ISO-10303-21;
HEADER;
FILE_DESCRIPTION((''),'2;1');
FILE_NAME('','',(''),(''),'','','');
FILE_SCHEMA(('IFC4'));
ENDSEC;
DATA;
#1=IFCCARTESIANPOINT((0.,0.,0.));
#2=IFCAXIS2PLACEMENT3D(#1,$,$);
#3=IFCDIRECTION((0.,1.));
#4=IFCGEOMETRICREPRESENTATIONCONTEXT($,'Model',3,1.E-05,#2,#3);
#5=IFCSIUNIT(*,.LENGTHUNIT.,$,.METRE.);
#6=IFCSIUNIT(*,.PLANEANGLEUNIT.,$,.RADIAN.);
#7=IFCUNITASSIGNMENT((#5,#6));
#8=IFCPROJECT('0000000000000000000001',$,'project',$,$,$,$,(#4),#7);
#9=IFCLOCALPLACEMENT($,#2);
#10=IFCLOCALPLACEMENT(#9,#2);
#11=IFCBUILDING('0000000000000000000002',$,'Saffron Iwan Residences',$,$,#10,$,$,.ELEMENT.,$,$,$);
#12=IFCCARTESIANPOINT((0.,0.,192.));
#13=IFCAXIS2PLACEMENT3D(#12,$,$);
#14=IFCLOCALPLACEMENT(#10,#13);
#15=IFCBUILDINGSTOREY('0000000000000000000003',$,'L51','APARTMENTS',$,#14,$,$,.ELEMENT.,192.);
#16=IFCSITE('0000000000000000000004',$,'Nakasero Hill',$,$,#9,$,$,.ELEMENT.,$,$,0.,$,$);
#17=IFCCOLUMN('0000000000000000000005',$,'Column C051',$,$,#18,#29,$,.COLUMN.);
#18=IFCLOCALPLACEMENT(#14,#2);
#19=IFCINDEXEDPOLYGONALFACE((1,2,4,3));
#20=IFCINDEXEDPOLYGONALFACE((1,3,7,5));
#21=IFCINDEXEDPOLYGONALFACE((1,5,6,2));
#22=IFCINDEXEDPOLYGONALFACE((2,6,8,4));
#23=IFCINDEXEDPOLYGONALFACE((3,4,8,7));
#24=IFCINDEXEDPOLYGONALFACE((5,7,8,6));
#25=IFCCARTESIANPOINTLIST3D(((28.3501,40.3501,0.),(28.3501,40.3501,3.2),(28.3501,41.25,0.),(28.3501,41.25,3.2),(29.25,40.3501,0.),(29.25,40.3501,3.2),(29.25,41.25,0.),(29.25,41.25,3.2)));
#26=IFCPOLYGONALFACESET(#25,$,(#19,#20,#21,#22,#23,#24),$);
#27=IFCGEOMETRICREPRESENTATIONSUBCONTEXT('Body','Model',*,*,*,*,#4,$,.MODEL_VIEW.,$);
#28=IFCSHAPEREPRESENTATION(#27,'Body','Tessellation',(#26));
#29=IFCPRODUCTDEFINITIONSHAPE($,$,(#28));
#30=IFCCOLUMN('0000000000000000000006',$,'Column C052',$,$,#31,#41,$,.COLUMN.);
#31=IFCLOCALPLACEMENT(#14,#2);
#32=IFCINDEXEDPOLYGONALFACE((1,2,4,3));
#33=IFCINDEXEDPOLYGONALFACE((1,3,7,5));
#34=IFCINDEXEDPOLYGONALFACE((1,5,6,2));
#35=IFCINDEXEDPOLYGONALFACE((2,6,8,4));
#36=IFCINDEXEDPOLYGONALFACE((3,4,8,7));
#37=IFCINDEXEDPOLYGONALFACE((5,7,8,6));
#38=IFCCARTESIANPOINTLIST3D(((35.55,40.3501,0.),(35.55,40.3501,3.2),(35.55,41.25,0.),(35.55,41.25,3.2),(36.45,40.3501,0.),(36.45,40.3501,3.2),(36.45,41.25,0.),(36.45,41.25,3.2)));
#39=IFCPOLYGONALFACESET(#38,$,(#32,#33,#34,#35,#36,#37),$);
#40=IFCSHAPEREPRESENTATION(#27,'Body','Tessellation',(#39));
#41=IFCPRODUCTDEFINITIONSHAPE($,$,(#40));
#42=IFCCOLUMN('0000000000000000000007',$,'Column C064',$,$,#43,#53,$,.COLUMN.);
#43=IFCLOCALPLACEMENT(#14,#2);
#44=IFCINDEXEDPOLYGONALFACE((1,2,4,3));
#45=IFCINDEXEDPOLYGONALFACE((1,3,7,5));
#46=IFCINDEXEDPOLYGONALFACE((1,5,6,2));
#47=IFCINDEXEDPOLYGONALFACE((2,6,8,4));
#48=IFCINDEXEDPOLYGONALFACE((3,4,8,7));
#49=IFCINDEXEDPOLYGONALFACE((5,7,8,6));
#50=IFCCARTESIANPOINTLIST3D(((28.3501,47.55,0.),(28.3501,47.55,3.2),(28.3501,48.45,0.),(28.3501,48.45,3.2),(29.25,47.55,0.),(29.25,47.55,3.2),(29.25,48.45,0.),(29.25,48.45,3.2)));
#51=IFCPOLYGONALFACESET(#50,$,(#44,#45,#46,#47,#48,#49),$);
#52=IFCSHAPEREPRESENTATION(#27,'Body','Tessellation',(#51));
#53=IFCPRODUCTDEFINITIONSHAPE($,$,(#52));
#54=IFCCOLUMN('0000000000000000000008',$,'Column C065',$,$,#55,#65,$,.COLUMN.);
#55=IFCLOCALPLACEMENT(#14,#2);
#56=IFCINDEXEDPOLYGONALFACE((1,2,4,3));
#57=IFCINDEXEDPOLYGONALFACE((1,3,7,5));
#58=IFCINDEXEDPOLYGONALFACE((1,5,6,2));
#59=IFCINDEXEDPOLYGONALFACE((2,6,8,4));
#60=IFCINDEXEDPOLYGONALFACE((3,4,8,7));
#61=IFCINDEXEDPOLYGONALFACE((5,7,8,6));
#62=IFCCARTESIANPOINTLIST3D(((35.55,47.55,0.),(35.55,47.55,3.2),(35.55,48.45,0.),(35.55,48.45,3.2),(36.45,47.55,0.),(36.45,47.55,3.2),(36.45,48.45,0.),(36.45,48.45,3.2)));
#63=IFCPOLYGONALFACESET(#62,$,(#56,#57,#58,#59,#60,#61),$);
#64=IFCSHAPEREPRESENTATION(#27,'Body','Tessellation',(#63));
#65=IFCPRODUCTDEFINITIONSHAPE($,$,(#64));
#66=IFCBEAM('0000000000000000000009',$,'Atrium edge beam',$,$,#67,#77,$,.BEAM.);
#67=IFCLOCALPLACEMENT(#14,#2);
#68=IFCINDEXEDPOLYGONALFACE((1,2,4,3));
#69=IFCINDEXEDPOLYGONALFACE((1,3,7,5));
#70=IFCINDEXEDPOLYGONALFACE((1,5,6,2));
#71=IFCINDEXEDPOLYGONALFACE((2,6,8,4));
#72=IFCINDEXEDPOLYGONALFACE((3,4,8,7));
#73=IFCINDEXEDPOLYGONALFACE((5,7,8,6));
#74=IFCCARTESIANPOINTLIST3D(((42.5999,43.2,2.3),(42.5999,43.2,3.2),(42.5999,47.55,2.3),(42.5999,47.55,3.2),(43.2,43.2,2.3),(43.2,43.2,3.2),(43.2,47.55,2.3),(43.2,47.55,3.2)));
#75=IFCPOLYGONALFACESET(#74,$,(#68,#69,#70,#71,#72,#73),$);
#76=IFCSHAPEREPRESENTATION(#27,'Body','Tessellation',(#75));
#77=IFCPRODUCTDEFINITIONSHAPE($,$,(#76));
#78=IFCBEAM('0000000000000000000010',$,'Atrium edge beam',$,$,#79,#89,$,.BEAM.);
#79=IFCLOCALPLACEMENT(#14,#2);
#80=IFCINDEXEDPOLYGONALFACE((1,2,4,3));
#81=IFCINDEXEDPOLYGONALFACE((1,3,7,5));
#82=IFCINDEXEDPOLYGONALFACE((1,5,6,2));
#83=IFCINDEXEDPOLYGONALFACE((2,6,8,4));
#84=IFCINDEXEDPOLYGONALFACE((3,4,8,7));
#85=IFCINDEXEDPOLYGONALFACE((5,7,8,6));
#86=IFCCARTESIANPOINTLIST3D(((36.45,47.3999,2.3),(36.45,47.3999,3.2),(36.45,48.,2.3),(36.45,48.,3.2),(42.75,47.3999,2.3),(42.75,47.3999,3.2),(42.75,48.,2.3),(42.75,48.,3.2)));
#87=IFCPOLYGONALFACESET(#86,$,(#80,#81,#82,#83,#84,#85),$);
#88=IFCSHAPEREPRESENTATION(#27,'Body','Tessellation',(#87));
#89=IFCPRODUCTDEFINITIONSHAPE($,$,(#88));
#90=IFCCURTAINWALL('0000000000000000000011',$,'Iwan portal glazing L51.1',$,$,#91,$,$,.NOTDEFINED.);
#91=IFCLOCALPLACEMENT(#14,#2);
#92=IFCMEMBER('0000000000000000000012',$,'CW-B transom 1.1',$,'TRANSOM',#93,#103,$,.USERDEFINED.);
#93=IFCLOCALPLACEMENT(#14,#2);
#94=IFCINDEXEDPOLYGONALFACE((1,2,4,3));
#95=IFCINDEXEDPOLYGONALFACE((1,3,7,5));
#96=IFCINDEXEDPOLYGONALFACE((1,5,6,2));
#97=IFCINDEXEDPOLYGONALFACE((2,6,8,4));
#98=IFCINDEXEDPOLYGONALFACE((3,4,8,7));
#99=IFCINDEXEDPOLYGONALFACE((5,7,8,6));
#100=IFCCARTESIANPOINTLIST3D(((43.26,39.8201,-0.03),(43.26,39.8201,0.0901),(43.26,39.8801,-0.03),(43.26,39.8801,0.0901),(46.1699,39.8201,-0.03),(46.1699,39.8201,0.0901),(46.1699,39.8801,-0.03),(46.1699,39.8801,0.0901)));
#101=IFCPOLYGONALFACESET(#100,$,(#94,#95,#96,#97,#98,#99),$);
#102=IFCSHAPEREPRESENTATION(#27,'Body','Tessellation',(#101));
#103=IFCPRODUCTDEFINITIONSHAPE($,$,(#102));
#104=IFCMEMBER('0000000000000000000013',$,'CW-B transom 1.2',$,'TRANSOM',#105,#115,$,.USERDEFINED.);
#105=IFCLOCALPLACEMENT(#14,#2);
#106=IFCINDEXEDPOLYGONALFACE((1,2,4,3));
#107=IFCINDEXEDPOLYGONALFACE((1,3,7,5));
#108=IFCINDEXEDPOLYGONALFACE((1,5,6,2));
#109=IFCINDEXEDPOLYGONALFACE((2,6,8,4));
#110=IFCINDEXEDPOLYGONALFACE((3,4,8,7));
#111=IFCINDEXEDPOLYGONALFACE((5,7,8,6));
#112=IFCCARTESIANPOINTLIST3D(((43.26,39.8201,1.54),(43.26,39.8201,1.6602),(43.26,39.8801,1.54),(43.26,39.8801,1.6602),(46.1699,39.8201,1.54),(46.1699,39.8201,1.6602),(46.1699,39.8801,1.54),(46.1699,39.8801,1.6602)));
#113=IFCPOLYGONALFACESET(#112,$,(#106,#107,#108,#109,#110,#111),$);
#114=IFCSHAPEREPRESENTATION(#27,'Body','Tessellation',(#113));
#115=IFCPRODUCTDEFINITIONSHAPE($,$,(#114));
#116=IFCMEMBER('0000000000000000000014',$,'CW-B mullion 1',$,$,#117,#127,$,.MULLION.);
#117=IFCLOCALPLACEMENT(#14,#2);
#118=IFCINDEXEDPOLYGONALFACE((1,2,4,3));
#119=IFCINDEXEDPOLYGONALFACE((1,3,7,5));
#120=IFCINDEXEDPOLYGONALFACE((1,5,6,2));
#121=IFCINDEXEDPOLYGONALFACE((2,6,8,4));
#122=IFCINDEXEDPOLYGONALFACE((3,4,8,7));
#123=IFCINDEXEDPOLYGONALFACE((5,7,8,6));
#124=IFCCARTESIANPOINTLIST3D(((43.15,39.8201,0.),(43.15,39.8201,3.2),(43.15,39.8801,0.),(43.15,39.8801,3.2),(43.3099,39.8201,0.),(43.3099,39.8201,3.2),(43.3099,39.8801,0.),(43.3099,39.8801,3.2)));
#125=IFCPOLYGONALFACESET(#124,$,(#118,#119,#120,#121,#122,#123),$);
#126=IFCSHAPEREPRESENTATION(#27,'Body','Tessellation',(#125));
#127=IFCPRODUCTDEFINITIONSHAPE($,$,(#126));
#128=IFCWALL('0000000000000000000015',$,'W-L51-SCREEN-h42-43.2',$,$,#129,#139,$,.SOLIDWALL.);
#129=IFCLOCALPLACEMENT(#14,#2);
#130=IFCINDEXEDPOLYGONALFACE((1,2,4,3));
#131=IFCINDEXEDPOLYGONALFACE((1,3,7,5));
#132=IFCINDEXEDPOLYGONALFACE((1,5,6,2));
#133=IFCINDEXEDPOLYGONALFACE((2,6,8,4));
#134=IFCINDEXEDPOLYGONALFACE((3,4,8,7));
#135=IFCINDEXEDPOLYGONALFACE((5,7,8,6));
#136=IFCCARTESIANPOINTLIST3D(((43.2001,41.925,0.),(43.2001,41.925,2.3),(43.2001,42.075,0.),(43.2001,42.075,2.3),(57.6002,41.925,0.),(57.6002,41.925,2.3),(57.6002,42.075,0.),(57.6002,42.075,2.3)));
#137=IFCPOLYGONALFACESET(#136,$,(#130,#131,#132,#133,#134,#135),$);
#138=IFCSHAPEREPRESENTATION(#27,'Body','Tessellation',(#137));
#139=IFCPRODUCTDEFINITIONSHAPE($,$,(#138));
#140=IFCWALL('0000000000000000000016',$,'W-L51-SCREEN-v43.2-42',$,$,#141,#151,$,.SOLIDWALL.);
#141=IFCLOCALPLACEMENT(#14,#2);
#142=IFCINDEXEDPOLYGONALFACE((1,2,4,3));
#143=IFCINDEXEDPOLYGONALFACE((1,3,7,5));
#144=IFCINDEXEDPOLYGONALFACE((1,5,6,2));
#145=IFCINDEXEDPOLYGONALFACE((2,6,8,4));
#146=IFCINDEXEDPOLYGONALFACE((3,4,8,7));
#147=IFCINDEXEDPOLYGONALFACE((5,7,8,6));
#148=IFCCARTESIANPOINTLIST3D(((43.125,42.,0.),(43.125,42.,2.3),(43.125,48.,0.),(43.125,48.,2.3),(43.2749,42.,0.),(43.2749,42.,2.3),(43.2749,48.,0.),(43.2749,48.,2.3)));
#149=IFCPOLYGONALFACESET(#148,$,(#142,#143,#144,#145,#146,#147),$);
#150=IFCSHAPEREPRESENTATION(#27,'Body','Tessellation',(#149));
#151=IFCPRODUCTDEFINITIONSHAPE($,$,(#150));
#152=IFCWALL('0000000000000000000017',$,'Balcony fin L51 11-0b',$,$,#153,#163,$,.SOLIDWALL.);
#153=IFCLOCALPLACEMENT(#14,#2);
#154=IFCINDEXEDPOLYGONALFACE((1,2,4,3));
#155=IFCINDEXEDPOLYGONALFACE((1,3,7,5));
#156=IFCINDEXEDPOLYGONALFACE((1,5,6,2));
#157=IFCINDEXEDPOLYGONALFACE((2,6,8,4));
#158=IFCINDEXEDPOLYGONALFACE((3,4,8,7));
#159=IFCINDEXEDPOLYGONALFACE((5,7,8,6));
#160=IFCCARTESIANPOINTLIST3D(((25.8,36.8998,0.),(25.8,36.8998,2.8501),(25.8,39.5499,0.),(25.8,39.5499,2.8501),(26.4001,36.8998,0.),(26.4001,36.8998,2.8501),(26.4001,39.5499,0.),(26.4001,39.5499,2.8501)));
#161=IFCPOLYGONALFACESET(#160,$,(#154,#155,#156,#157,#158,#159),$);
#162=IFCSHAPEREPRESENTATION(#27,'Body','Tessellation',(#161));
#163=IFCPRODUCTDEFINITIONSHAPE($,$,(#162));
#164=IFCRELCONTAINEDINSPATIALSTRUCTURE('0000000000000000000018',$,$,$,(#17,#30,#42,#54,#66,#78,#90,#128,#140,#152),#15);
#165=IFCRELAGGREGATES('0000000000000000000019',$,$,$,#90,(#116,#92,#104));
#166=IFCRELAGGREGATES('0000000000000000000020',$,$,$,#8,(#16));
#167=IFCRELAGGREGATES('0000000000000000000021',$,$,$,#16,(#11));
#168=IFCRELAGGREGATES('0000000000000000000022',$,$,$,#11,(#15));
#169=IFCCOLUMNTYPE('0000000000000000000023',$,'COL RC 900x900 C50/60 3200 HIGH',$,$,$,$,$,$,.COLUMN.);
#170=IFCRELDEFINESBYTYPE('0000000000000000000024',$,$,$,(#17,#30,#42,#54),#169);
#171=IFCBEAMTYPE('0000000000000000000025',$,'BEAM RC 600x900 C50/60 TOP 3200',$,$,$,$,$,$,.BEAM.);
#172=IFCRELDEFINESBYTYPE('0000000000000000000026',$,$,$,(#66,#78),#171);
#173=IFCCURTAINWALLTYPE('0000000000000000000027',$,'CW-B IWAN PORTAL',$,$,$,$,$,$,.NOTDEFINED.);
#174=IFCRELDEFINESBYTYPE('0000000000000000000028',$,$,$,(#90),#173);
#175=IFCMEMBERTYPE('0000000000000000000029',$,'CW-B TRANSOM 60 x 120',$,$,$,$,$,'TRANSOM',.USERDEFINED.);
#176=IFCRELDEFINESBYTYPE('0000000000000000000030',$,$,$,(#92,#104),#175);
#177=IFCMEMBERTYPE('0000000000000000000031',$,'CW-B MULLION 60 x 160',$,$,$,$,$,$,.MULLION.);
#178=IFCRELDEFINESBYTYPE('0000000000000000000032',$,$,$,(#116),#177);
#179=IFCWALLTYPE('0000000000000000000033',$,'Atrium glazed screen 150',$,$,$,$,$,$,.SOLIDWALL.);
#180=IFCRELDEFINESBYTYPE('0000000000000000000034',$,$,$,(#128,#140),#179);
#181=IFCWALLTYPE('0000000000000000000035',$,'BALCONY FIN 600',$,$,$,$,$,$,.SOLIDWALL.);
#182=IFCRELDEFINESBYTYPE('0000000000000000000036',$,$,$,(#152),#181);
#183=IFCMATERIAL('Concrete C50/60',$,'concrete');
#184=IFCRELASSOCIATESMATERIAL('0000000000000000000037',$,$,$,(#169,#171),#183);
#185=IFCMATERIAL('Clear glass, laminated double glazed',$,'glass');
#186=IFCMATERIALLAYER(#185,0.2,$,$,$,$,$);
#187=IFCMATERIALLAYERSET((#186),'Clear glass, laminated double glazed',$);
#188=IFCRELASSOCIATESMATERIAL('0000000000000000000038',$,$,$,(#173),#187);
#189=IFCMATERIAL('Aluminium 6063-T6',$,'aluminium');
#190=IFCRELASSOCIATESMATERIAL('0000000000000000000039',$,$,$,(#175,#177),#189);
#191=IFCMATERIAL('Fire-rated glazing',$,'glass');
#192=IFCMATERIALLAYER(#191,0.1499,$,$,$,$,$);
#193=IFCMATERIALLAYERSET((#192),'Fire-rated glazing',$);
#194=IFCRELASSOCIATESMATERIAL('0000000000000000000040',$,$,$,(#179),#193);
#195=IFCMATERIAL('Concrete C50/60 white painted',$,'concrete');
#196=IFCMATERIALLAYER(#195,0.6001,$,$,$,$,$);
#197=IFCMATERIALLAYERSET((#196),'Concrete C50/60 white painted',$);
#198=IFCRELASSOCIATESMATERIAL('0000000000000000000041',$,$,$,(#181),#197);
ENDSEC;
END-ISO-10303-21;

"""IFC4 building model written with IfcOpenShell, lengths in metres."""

from ifc_helpers import new_model, si_unit, direction, frame, frame_2d, origin, origin_2d, place, context, subcontext, project, spatial, rectangle, extrude, source, transform, mapped, material, layer, layer_set, material_profile, profile_set, type_object, element, aggregate, save


model = new_model("IFC4")

# Units and contexts
model_context = context("Model", 3, precision=1e-05, world=origin(), true_north=direction((0.0, 1.0)))
body_context = subcontext(model_context, "Body", "Model", "MODEL_VIEW")
ifc_project = project(units=[si_unit("LENGTHUNIT", "METRE"), si_unit("PLANEANGLEUNIT", "RADIAN")], contexts=[model_context])

# Site, building, storey
site_placement = place(None, origin())
site = spatial("IfcSite", under=ifc_project, at=site_placement, Name="Nakasero Hill", CompositionType="ELEMENT", RefElevation=0.0)
building_placement = place(site_placement, origin())
building = spatial("IfcBuilding", under=site, at=building_placement, Name="Saffron Iwan Residences", CompositionType="ELEMENT")
storey_placement = place(building_placement, frame((0.0, 0.0, 192.0)))
storey = spatial("IfcBuildingStorey", under=building, at=storey_placement, Name="L51", Description="APARTMENTS", CompositionType="ELEMENT", Elevation=192.0)

# Columns
ifc_material_1 = material(Name="Concrete C50/60", Category="concrete")
ifc_material_profile_1 = material_profile(ifc_material_1, rectangle(XDim=0.8999, YDim=0.8999, at=origin_2d()), Name="RC 900x900")
ifc_profile_set_1 = profile_set([ifc_material_profile_1], Name="Concrete C50/60")
column_type = type_object("IfcColumnType", Name="COL RC 900x900 C50/60 3200 HIGH", PredefinedType="COLUMN", material=ifc_profile_set_1)
shared_shape_1 = source(origin(), body_context, "Body", "SweptSolid", [
    extrude(rectangle(XDim=0.8999, YDim=0.8999, at=origin_2d()), origin(), (0.0, 0.0, 1.0), 3.2),
])
for number, where, z_axis, x_axis, name in (
    (1, (28.8, 40.8, 0.0), (0.0, 0.0, 1.0), (1.0, 0.0, 0.0), "Column C051"),
    (2, (36.0, 40.8, 0.0), (0.0, 0.0, 1.0), (1.0, 0.0, 0.0), "Column C052"),
    (3, (28.8, 48.0, 0.0), (0.0, 0.0, 1.0), (1.0, 0.0, 0.0), "Column C064"),
    (4, (36.0, 48.0, 0.0), (0.0, 0.0, 1.0), (1.0, 0.0, 0.0), "Column C065"),
):
    element("IfcColumn", number, at=place(storey_placement, frame(where, z_axis=z_axis, x_axis=x_axis)), inside=storey, type_object=column_type, Name=name, PredefinedType="COLUMN", context=body_context, shape_type="MappedRepresentation", body=[
        mapped(shared_shape_1, transform((0.0, 0.0, 0.0))),
    ])

# Beams
ifc_material_profile_2 = material_profile(ifc_material_1, rectangle(XDim=0.6001, YDim=0.8999, at=origin_2d()), Name="RC 600x900")
ifc_profile_set_2 = profile_set([ifc_material_profile_2], Name="Concrete C50/60")
beam_type = type_object("IfcBeamType", Name="BEAM RC 600x900 C50/60 TOP 3200", PredefinedType="BEAM", material=ifc_profile_set_2)
shared_shape_2 = source(origin(), body_context, "Body", "SweptSolid", [
    extrude(rectangle(XDim=0.6001, YDim=0.8999, at=origin_2d()), origin(), (0.0, 0.0, 1.0), 4.3501),
])
beam_1_placement = place(storey_placement, frame((42.8999, 43.2, 2.75), z_axis=(0.0, 1.0, 0.0), x_axis=(-1.0, 0.0, 0.0)))
element("IfcBeam", 5, at=beam_1_placement, inside=storey, type_object=beam_type, Name="Atrium edge beam", PredefinedType="BEAM", context=body_context, shape_type="MappedRepresentation", body=[
    mapped(shared_shape_2, transform((0.0, 0.0, 0.0))),
])
shared_shape_3 = source(origin(), body_context, "Body", "SweptSolid", [
    extrude(rectangle(XDim=0.6001, YDim=0.8999, at=origin_2d()), origin(), (0.0, 0.0, 1.0), 6.3),
])
beam_2_placement = place(storey_placement, frame((42.75, 47.7, 2.75), z_axis=(-1.0, 0.0, 0.0), x_axis=(0.0, -1.0, 0.0)))
element("IfcBeam", 6, at=beam_2_placement, inside=storey, type_object=beam_type, Name="Atrium edge beam", PredefinedType="BEAM", context=body_context, shape_type="MappedRepresentation", body=[
    mapped(shared_shape_3, transform((0.0, 0.0, 0.0))),
])

# Curtain wall, members
ifc_material_2 = material(Name="Clear glass, laminated double glazed", Category="glass")
ifc_layer_1 = layer(ifc_material_2, 0.2)
ifc_layer_set_1 = layer_set([ifc_layer_1], Name="Clear glass, laminated double glazed")
curtain_wall_type = type_object("IfcCurtainWallType", Name="CW-B IWAN PORTAL", PredefinedType="NOTDEFINED", material=ifc_layer_set_1)
curtain_wall_placement = place(storey_placement, origin())
curtain_wall = element("IfcCurtainWall", 7, at=curtain_wall_placement, inside=storey, type_object=curtain_wall_type, Name="Iwan portal glazing L51.1", PredefinedType="NOTDEFINED")
ifc_material_3 = material(Name="Aluminium 6063-T6", Category="aluminium")
ifc_material_profile_3 = material_profile(ifc_material_3, rectangle(XDim=0.0601, YDim=0.1201, at=origin_2d()), Name="CW-B TRANSOM 60 x 120")
ifc_profile_set_3 = profile_set([ifc_material_profile_3], Name="Aluminium 6063-T6")
member_type_1 = type_object("IfcMemberType", Name="CW-B TRANSOM 60 x 120", ElementType="TRANSOM", PredefinedType="USERDEFINED", material=ifc_profile_set_3)
shared_shape_4 = source(origin(), body_context, "Body", "SweptSolid", [
    extrude(rectangle(XDim=0.0601, YDim=0.1201, at=origin_2d()), origin(), (0.0, 0.0, 1.0), 2.9099),
])
member_1_placement = place(storey_placement, frame((43.26, 39.8501, 0.03), z_axis=(1.0, 0.0, 0.0), x_axis=(0.0, 1.0, 0.0)))
member_1 = element("IfcMember", 8, at=member_1_placement, type_object=member_type_1, Name="CW-B transom 1.1", ObjectType="TRANSOM", PredefinedType="USERDEFINED", context=body_context, shape_type="MappedRepresentation", body=[
    mapped(shared_shape_4, transform((0.0, 0.0, 0.0))),
])
member_2_placement = place(storey_placement, frame((43.26, 39.8501, 1.6001), z_axis=(1.0, 0.0, 0.0), x_axis=(0.0, 1.0, 0.0)))
member_2 = element("IfcMember", 9, at=member_2_placement, type_object=member_type_1, Name="CW-B transom 1.2", ObjectType="TRANSOM", PredefinedType="USERDEFINED", context=body_context, shape_type="MappedRepresentation", body=[
    mapped(shared_shape_4, transform((0.0, 0.0, 0.0))),
])
ifc_material_profile_4 = material_profile(ifc_material_3, rectangle(XDim=0.0601, YDim=0.1599, at=origin_2d()), Name="CW-B MULLION 60 x 160")
ifc_profile_set_4 = profile_set([ifc_material_profile_4], Name="Aluminium 6063-T6")
member_type_2 = type_object("IfcMemberType", Name="CW-B MULLION 60 x 160", PredefinedType="MULLION", material=ifc_profile_set_4)
shared_shape_5 = source(origin(), body_context, "Body", "SweptSolid", [
    extrude(rectangle(XDim=0.0601, YDim=0.1599, at=origin_2d()), origin(), (0.0, 0.0, 1.0), 3.2),
])
member_3_placement = place(storey_placement, frame((43.23, 39.8501, 0.0), z_axis=(0.0, 0.0, 1.0), x_axis=(0.0, 1.0, 0.0)))
member_3 = element("IfcMember", 10, at=member_3_placement, type_object=member_type_2, Name="CW-B mullion 1", PredefinedType="MULLION", context=body_context, shape_type="MappedRepresentation", body=[
    mapped(shared_shape_5, transform((0.0, 0.0, 0.0))),
])
aggregate(curtain_wall, [member_3, member_1, member_2])

# Walls
ifc_material_4 = material(Name="Fire-rated glazing", Category="glass")
ifc_layer_2 = layer(ifc_material_4, 0.1499)
ifc_layer_set_2 = layer_set([ifc_layer_2], Name="Fire-rated glazing")
wall_type_1 = type_object("IfcWallType", Name="Atrium glazed screen 150", PredefinedType="SOLIDWALL", material=ifc_layer_set_2)
wall_1_placement = place(storey_placement, frame((43.2, 42.0, 0.0), z_axis=(0.0, 0.0, 1.0), x_axis=(1.0, 0.0, 0.0)))
element("IfcWall", 11, at=wall_1_placement, inside=storey, type_object=wall_type_1, Name="W-L51-SCREEN-h42-43.2", PredefinedType="SOLIDWALL", context=body_context, shape_type="SweptSolid", body=[
    extrude(rectangle(XDim=14.4001, YDim=0.1499, at=frame_2d((7.2002, 0.0))), origin(), (0.0, 0.0, 1.0), 2.3),
])
wall_2_placement = place(storey_placement, frame((43.2, 42.0, 0.0), z_axis=(0.0, 0.0, 1.0), x_axis=(0.0, 1.0, 0.0)))
element("IfcWall", 12, at=wall_2_placement, inside=storey, type_object=wall_type_1, Name="W-L51-SCREEN-v43.2-42", PredefinedType="SOLIDWALL", context=body_context, shape_type="SweptSolid", body=[
    extrude(rectangle(XDim=6.0, YDim=0.1499, at=frame_2d((3.0, 0.0))), origin(), (0.0, 0.0, 1.0), 2.3),
])
ifc_material_5 = material(Name="Concrete C50/60 white painted", Category="concrete")
ifc_layer_3 = layer(ifc_material_5, 0.6001)
ifc_layer_set_3 = layer_set([ifc_layer_3], Name="Concrete C50/60 white painted")
wall_type_2 = type_object("IfcWallType", Name="BALCONY FIN 600", PredefinedType="SOLIDWALL", material=ifc_layer_set_3)
wall_3_placement = place(storey_placement, frame((26.1001, 39.55, 0.0), z_axis=(0.0, 0.0, 1.0), x_axis=(0.0, -1.0, 0.0)))
element("IfcWall", 13, at=wall_3_placement, inside=storey, type_object=wall_type_2, Name="Balcony fin L51 11-0b", PredefinedType="SOLIDWALL", context=body_context, shape_type="SweptSolid", body=[
    extrude(rectangle(XDim=2.6501, YDim=0.6001, at=frame_2d((1.3252, 0.0))), origin(), (0.0, 0.0, 1.0), 2.8501),
])

save(model, "model.ifc")
